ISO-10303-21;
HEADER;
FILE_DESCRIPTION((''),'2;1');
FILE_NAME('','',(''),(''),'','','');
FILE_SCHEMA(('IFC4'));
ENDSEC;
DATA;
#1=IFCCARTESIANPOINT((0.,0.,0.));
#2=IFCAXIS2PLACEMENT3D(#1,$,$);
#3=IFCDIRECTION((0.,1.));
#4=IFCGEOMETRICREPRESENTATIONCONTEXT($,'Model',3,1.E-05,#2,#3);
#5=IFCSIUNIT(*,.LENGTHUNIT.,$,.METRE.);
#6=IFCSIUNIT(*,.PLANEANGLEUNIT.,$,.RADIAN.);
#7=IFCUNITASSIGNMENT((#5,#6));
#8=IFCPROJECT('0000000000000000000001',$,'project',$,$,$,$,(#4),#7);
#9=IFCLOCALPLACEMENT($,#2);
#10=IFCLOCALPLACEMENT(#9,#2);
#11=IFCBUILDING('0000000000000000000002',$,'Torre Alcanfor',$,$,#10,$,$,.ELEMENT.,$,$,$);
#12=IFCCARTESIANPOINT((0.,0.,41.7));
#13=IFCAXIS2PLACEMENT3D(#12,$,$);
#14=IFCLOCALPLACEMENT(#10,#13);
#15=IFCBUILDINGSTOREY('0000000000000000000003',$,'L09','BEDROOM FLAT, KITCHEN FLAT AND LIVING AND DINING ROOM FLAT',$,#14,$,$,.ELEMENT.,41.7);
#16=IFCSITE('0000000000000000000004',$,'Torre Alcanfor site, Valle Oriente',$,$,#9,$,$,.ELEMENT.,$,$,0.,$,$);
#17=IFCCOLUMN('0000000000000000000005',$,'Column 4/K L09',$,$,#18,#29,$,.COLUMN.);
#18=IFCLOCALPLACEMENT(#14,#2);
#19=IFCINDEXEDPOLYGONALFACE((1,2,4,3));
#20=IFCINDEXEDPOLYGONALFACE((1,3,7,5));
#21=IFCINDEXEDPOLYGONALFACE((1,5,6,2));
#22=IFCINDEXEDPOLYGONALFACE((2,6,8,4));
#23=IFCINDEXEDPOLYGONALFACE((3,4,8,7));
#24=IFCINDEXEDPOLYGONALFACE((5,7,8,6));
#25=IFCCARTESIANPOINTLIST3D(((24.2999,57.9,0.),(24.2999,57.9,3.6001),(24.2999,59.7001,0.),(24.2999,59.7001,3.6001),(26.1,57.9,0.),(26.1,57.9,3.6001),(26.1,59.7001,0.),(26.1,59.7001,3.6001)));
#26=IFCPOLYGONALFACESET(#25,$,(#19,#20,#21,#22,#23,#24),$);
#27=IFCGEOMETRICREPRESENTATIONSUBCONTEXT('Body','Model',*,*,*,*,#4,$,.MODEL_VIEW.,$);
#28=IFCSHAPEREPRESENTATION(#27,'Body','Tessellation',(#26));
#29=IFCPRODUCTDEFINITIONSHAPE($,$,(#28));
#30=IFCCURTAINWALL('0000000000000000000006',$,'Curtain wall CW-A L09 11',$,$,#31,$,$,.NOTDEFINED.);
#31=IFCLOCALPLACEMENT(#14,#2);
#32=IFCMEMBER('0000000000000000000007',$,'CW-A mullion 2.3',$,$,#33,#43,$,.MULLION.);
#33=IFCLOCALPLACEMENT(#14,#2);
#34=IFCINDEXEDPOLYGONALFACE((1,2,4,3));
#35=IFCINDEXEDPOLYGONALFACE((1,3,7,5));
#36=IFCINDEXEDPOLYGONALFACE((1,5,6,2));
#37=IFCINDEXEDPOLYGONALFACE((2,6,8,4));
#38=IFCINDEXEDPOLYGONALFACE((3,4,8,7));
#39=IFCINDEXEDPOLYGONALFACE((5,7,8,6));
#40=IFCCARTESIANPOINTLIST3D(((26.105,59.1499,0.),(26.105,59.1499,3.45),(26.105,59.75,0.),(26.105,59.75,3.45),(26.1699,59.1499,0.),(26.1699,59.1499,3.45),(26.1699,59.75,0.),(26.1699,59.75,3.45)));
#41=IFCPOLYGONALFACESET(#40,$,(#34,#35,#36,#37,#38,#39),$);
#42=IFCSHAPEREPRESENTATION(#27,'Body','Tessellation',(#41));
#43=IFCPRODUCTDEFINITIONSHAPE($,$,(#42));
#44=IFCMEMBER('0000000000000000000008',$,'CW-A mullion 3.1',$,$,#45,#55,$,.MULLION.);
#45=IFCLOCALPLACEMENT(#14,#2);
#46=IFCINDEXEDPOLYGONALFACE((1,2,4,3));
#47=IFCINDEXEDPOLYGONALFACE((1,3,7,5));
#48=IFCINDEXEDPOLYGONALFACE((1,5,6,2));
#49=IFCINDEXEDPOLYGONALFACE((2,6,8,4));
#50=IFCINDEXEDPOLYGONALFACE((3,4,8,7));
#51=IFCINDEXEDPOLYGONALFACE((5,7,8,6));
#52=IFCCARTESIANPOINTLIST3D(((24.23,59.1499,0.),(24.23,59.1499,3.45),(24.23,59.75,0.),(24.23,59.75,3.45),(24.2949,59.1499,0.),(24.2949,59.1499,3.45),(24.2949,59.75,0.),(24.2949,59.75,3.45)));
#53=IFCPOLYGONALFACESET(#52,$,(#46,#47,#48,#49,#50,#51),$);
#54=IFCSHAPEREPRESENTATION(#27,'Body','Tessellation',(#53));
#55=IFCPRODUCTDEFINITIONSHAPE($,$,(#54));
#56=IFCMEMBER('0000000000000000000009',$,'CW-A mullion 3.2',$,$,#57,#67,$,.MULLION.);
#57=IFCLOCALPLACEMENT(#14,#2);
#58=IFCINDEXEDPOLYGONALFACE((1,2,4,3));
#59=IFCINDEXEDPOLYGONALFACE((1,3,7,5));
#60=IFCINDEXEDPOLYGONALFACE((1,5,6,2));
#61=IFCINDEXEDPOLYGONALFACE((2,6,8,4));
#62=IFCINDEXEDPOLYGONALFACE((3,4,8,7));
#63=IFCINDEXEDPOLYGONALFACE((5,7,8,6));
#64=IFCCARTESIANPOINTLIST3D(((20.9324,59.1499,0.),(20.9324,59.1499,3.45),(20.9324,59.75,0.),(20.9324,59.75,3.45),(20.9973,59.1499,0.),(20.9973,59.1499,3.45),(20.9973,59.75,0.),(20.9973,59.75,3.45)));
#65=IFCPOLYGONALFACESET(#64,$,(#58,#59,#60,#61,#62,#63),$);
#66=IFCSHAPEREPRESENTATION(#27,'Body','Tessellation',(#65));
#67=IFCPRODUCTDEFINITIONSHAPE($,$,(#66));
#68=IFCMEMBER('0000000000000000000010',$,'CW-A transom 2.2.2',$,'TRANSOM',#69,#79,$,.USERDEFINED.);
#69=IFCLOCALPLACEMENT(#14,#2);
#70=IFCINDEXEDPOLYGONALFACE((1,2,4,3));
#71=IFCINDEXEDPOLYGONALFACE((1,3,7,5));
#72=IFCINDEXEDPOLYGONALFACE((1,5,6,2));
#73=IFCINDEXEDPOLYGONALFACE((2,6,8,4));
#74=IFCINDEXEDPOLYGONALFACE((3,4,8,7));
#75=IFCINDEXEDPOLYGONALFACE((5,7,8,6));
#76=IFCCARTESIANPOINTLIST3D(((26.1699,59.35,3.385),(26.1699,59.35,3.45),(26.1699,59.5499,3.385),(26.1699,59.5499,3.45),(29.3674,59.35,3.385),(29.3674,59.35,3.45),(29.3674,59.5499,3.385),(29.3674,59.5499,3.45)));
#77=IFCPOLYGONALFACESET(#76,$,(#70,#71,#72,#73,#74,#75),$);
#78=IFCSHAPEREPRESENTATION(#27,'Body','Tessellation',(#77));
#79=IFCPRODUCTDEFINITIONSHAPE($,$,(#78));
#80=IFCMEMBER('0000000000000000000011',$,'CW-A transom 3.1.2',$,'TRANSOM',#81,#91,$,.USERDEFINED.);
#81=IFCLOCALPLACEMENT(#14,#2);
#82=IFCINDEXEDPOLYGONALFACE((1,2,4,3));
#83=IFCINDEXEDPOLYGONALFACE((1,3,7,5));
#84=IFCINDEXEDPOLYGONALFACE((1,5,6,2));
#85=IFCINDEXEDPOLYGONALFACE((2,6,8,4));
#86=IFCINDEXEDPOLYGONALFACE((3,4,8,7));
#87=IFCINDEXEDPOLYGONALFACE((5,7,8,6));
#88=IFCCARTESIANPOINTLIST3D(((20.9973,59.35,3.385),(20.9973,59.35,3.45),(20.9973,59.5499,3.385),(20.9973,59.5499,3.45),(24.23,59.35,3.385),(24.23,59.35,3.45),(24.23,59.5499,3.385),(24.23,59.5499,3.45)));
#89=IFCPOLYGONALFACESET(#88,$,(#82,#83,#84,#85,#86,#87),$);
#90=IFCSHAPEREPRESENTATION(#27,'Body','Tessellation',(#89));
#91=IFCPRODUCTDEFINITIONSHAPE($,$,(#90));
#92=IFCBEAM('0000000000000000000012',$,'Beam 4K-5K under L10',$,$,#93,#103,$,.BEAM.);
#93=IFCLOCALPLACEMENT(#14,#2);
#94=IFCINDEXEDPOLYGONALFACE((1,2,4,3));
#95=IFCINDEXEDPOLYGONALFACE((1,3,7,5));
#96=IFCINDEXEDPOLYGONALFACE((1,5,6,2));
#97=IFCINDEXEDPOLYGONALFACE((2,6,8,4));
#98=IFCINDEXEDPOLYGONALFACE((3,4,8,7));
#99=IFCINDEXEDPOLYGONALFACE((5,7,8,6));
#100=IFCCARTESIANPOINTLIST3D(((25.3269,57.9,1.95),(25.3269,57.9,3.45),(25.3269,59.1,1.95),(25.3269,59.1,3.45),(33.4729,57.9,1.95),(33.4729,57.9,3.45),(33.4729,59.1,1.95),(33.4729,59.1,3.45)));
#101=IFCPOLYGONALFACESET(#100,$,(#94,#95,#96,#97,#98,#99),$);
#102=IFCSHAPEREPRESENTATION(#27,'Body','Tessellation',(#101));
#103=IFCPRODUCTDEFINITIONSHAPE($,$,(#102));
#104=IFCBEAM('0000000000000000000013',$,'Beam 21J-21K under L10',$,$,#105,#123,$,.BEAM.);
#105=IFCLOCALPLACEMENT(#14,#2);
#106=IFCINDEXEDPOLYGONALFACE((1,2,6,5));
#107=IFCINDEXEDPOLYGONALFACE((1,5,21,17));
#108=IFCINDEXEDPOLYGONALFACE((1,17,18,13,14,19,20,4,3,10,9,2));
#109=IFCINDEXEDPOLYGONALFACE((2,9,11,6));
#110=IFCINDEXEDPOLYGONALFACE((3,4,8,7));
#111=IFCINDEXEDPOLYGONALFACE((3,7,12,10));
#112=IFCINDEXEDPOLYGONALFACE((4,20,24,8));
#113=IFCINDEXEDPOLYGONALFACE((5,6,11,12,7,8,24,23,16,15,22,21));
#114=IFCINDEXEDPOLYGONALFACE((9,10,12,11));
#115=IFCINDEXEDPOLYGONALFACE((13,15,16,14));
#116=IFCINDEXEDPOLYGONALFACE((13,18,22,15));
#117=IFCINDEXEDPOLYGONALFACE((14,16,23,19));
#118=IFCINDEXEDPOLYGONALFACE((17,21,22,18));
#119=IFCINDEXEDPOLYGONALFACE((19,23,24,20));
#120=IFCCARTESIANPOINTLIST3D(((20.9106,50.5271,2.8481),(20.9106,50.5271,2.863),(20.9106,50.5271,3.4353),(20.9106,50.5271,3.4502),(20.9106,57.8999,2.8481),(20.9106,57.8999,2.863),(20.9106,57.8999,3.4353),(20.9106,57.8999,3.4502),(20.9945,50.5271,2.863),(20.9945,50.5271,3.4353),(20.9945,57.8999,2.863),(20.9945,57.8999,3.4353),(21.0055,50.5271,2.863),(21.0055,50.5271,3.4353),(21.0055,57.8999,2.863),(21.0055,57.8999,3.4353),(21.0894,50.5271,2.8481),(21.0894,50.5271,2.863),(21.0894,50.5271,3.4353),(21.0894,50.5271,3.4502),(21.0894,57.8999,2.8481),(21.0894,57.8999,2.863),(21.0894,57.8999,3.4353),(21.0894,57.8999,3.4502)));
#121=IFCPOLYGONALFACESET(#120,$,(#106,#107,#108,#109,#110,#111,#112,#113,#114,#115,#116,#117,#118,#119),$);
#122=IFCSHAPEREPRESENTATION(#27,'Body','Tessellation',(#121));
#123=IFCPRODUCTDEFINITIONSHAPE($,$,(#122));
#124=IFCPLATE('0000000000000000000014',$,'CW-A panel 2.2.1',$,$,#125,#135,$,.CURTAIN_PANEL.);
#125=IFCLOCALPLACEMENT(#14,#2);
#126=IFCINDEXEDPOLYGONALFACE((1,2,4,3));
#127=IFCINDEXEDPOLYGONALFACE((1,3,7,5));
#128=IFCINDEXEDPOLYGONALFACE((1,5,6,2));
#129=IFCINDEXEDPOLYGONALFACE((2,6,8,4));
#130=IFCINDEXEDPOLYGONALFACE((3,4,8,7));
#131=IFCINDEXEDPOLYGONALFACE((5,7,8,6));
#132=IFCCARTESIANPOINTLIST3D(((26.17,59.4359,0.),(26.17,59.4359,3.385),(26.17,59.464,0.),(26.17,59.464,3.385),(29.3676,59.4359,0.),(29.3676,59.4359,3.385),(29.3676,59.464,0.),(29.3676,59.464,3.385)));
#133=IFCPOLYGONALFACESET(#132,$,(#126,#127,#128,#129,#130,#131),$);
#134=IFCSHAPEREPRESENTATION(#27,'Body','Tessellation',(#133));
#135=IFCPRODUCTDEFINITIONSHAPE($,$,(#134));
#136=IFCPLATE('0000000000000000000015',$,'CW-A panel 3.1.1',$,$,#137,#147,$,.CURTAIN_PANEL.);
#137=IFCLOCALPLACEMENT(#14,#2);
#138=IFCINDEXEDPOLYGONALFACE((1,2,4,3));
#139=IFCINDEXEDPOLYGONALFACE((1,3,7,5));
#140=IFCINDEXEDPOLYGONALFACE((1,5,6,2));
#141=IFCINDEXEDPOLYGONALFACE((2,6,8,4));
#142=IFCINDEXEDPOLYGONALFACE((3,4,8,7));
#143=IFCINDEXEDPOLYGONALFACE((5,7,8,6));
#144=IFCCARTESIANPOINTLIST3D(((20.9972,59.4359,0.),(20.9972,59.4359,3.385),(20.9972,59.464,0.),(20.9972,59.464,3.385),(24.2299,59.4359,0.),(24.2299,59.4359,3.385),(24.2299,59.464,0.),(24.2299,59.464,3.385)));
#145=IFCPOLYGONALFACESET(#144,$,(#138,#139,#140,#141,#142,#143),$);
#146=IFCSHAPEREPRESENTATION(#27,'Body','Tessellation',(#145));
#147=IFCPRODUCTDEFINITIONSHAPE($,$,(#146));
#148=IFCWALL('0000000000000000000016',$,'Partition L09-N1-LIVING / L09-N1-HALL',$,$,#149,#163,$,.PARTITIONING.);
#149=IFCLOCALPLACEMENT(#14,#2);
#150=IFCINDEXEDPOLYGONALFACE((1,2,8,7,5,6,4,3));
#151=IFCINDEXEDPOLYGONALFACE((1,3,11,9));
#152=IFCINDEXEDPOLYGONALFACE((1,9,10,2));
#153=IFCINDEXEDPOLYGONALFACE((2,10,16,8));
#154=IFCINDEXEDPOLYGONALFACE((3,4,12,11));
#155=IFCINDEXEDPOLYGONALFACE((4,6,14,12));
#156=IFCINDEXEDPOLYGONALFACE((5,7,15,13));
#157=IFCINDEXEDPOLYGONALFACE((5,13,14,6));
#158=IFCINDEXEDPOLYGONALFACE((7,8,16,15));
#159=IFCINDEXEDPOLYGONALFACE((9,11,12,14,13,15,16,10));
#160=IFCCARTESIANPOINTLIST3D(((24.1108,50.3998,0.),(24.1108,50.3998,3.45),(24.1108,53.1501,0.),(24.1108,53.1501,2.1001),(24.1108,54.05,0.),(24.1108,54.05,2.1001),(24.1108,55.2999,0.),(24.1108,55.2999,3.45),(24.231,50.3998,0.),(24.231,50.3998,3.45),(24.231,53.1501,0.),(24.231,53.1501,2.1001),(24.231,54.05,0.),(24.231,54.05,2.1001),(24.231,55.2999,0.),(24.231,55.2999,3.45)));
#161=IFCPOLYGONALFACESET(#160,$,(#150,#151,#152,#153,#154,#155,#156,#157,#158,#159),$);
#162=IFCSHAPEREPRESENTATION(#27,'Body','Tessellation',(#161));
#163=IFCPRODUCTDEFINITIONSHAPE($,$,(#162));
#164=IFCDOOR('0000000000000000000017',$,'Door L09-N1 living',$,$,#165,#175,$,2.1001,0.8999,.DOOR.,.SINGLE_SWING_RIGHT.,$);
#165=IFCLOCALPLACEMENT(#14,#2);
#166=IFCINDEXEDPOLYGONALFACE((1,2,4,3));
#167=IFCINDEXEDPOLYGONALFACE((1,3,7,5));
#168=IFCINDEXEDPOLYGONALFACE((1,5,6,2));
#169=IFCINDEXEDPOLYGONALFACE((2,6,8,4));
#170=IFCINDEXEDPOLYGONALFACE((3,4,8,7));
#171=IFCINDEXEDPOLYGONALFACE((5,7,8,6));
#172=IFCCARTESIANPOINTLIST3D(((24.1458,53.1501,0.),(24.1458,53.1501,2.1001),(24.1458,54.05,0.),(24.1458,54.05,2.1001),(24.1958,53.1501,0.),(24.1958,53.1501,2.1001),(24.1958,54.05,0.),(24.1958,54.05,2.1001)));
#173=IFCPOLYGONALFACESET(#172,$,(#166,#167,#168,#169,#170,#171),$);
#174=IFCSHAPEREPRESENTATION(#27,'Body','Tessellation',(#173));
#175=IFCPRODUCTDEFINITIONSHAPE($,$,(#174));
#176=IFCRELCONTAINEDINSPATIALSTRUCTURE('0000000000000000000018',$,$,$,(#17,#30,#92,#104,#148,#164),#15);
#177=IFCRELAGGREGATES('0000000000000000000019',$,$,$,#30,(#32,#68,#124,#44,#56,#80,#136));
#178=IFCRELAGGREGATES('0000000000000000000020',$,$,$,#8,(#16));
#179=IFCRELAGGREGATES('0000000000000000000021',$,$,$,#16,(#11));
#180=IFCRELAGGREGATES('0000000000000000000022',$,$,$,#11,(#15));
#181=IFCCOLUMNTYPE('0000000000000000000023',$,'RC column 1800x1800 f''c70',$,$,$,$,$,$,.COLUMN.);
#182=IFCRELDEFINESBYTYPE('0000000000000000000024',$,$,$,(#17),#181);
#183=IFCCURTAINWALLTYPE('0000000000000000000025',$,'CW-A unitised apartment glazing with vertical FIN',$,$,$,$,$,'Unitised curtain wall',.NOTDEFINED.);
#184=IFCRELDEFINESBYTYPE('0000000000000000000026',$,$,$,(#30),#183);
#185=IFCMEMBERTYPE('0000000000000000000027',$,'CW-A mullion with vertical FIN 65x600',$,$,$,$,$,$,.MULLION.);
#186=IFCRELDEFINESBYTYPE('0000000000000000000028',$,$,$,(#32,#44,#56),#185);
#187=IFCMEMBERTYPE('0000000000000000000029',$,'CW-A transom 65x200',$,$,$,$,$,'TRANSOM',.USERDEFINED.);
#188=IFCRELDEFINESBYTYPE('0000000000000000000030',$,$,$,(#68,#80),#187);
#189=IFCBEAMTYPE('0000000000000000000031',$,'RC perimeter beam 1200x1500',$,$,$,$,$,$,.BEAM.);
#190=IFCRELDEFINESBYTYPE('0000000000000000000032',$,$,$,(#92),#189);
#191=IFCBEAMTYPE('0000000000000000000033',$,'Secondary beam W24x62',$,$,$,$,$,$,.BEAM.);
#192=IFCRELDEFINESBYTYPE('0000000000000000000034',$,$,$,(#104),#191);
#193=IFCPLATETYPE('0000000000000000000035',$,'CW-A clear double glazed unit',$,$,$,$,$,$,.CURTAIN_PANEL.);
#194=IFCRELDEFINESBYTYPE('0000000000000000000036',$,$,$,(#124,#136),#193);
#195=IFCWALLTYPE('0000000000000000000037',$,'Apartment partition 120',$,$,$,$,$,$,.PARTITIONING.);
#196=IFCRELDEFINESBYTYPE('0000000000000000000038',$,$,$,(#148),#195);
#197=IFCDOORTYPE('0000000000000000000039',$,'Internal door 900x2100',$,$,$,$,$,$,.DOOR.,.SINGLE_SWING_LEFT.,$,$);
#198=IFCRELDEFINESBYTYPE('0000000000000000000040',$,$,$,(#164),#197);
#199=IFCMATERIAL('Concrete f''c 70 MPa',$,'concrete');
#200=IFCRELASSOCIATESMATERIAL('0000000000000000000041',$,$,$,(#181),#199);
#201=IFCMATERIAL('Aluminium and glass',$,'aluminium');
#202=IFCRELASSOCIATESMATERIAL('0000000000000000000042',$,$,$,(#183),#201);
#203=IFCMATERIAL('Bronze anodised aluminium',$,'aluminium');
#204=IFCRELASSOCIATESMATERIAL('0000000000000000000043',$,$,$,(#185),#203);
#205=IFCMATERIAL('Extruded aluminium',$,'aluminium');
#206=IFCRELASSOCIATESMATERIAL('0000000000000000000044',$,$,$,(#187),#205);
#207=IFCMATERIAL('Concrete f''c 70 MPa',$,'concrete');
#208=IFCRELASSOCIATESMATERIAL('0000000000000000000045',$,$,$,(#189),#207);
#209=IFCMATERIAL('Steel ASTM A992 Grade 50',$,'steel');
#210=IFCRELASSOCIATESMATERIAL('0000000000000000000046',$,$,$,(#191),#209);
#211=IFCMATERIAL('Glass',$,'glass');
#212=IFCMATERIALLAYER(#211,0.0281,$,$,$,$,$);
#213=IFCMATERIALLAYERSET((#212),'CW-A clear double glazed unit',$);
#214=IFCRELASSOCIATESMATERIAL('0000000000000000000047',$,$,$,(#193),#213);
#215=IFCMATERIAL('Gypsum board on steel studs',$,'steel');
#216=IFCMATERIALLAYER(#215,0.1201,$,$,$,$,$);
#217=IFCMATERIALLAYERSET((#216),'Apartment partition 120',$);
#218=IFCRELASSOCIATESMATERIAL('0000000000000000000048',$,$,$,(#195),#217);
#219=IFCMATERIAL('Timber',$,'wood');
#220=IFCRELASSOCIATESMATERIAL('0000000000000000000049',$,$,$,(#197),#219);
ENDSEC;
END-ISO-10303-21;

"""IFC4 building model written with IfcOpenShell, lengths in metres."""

from ifc_helpers import new_model, si_unit, direction, frame, frame_2d, origin, origin_2d, place, context, subcontext, project, spatial, rectangle, i_section, extrude, material, layer, layer_set, material_profile, profile_set, type_object, element, fill, aggregate, save


model = new_model("IFC4")

# Units and contexts
model_context = context("Model", 3, precision=1e-05, world=origin(), true_north=direction((0.0, 1.0)))
body_context = subcontext(model_context, "Body", "Model", "MODEL_VIEW")
ifc_project = project(units=[si_unit("LENGTHUNIT", "METRE"), si_unit("PLANEANGLEUNIT", "RADIAN")], contexts=[model_context])

# Site, building, storey
site_placement = place(None, origin())
site = spatial("IfcSite", under=ifc_project, at=site_placement, Name="Torre Alcanfor site, Valle Oriente", CompositionType="ELEMENT", RefElevation=0.0)
building_placement = place(site_placement, origin())
building = spatial("IfcBuilding", under=site, at=building_placement, Name="Torre Alcanfor", CompositionType="ELEMENT")
storey_placement = place(building_placement, frame((0.0, 0.0, 41.7)))
storey = spatial("IfcBuildingStorey", under=building, at=storey_placement, Name="L09", Description="BEDROOM FLAT, KITCHEN FLAT AND LIVING AND DINING ROOM FLAT", CompositionType="ELEMENT", Elevation=41.7)

# Column
ifc_material_1 = material(Name="Concrete f'c 70 MPa", Category="concrete")
ifc_material_profile_1 = material_profile(ifc_material_1, rectangle(XDim=1.8, YDim=1.8, at=origin_2d()), Name="1800x1800")
ifc_profile_set_1 = profile_set([ifc_material_profile_1], Name="Concrete f'c 70 MPa")
column_type = type_object("IfcColumnType", Name="RC column 1800x1800 f'c70", PredefinedType="COLUMN", material=ifc_profile_set_1)
column_placement = place(storey_placement, frame((25.2, 58.8, 0.0), z_axis=(0.0, 0.0, 1.0), x_axis=(1.0, 0.0, 0.0)))
element("IfcColumn", 1, at=column_placement, inside=storey, type_object=column_type, Name="Column 4/K L09", PredefinedType="COLUMN", context=body_context, shape_type="SweptSolid", body=[
    extrude(rectangle(XDim=1.8, YDim=1.8, at=origin_2d()), origin(), (0.0, 0.0, 1.0), 3.6001),
])

# Curtain wall, members
ifc_material_2 = material(Name="Aluminium and glass", Category="aluminium")
curtain_wall_type = type_object("IfcCurtainWallType", Name="CW-A unitised apartment glazing with vertical FIN", ElementType="Unitised curtain wall", PredefinedType="NOTDEFINED", material=ifc_material_2)
curtain_wall_placement = place(storey_placement, origin())
curtain_wall = element("IfcCurtainWall", 2, at=curtain_wall_placement, inside=storey, type_object=curtain_wall_type, Name="Curtain wall CW-A L09 11", PredefinedType="NOTDEFINED")
ifc_material_3 = material(Name="Bronze anodised aluminium", Category="aluminium")
ifc_material_profile_2 = material_profile(ifc_material_3, rectangle(XDim=0.6001, YDim=0.0649, at=origin_2d()), Name="CW-A mullion 65x600")
ifc_profile_set_2 = profile_set([ifc_material_profile_2], Name="Bronze anodised aluminium")
member_type_1 = type_object("IfcMemberType", Name="CW-A mullion with vertical FIN 65x600", PredefinedType="MULLION", material=ifc_profile_set_2)
member_1_placement = place(storey_placement, frame((26.1375, 59.45, 0.0), z_axis=(0.0, 0.0, 1.0), x_axis=(0.0, -1.0, 0.0)))
member_1 = element("IfcMember", 3, at=member_1_placement, type_object=member_type_1, Name="CW-A mullion 2.3", PredefinedType="MULLION", context=body_context, shape_type="SweptSolid", body=[
    extrude(rectangle(XDim=0.6001, YDim=0.0649, at=origin_2d()), origin(), (0.0, 0.0, 1.0), 3.45),
])
member_2_placement = place(storey_placement, frame((24.2625, 59.45, 0.0), z_axis=(0.0, 0.0, 1.0), x_axis=(0.0, -1.0, 0.0)))
member_2 = element("IfcMember", 4, at=member_2_placement, type_object=member_type_1, Name="CW-A mullion 3.1", PredefinedType="MULLION", context=body_context, shape_type="SweptSolid", body=[
    extrude(rectangle(XDim=0.6001, YDim=0.0649, at=origin_2d()), origin(), (0.0, 0.0, 1.0), 3.45),
])
member_3_placement = place(storey_placement, frame((20.9648, 59.45, 0.0), z_axis=(0.0, 0.0, 1.0), x_axis=(0.0, -1.0, 0.0)))
member_3 = element("IfcMember", 5, at=member_3_placement, type_object=member_type_1, Name="CW-A mullion 3.2", PredefinedType="MULLION", context=body_context, shape_type="SweptSolid", body=[
    extrude(rectangle(XDim=0.6001, YDim=0.0649, at=origin_2d()), origin(), (0.0, 0.0, 1.0), 3.45),
])
ifc_material_4 = material(Name="Extruded aluminium", Category="aluminium")
ifc_material_profile_3 = material_profile(ifc_material_4, rectangle(XDim=0.2, YDim=0.0649, at=origin_2d()), Name="CW-A transom 200x65")
ifc_profile_set_3 = profile_set([ifc_material_profile_3], Name="Extruded aluminium")
member_type_2 = type_object("IfcMemberType", Name="CW-A transom 65x200", ElementType="TRANSOM", PredefinedType="USERDEFINED", material=ifc_profile_set_3)
member_4_placement = place(storey_placement, frame((29.3674, 59.45, 3.4175), z_axis=(-1.0, 0.0, 0.0), x_axis=(0.0, -1.0, 0.0)))
member_4 = element("IfcMember", 6, at=member_4_placement, type_object=member_type_2, Name="CW-A transom 2.2.2", ObjectType="TRANSOM", PredefinedType="USERDEFINED", context=body_context, shape_type="SweptSolid", body=[
    extrude(rectangle(XDim=0.2, YDim=0.0649, at=origin_2d()), origin(), (0.0, 0.0, 1.0), 3.1975),
])
member_5_placement = place(storey_placement, frame((24.23, 59.45, 3.4175), z_axis=(-1.0, 0.0, 0.0), x_axis=(0.0, -1.0, 0.0)))
member_5 = element("IfcMember", 7, at=member_5_placement, type_object=member_type_2, Name="CW-A transom 3.1.2", ObjectType="TRANSOM", PredefinedType="USERDEFINED", context=body_context, shape_type="SweptSolid", body=[
    extrude(rectangle(XDim=0.2, YDim=0.0649, at=origin_2d()), origin(), (0.0, 0.0, 1.0), 3.2327),
])

# Beams
ifc_material_5 = material(Name="Concrete f'c 70 MPa", Category="concrete")
ifc_material_profile_4 = material_profile(ifc_material_5, rectangle(XDim=1.2, YDim=1.5, at=origin_2d()), Name="1200x1500")
ifc_profile_set_4 = profile_set([ifc_material_profile_4], Name="Concrete f'c 70 MPa")
beam_type_1 = type_object("IfcBeamType", Name="RC perimeter beam 1200x1500", PredefinedType="BEAM", material=ifc_profile_set_4)
beam_1_placement = place(storey_placement, frame((25.3269, 58.5, 2.7), z_axis=(1.0, 0.0, 0.0), x_axis=(0.0, 1.0, 0.0)))
element("IfcBeam", 8, at=beam_1_placement, inside=storey, type_object=beam_type_1, Name="Beam 4K-5K under L10", PredefinedType="BEAM", context=body_context, shape_type="SweptSolid", body=[
    extrude(rectangle(XDim=1.2, YDim=1.5, at=origin_2d()), origin(), (0.0, 0.0, 1.0), 8.146),
])
ifc_material_6 = material(Name="Steel ASTM A992 Grade 50", Category="steel")
ifc_material_profile_5 = material_profile(ifc_material_6, i_section(OverallWidth=0.1787, OverallDepth=0.6021, WebThickness=0.011, FlangeThickness=0.0149, at=origin_2d()), Name="W24x62")
ifc_profile_set_5 = profile_set([ifc_material_profile_5], Name="Steel ASTM A992 Grade 50")
beam_type_2 = type_object("IfcBeamType", Name="Secondary beam W24x62", PredefinedType="BEAM", material=ifc_profile_set_5)
beam_2_placement = place(storey_placement, frame((21.0, 50.5271, 3.1492), z_axis=(0.0, 1.0, 0.0), x_axis=(-1.0, 0.0, 0.0)))
element("IfcBeam", 9, at=beam_2_placement, inside=storey, type_object=beam_type_2, Name="Beam 21J-21K under L10", PredefinedType="BEAM", context=body_context, shape_type="SweptSolid", body=[
    extrude(i_section(OverallWidth=0.1787, OverallDepth=0.6021, WebThickness=0.011, FlangeThickness=0.0149, at=origin_2d()), origin(), (0.0, 0.0, 1.0), 7.3728),
])

# Plates
ifc_material_7 = material(Name="Glass", Category="glass")
ifc_layer_1 = layer(ifc_material_7, 0.0281)
ifc_layer_set_1 = layer_set([ifc_layer_1], Name="CW-A clear double glazed unit")
plate_type = type_object("IfcPlateType", Name="CW-A clear double glazed unit", PredefinedType="CURTAIN_PANEL", material=ifc_layer_set_1)
plate_1_placement = place(storey_placement, frame((27.7688, 59.45, 0.0), z_axis=(0.0, 0.0, 1.0), x_axis=(-1.0, 0.0, 0.0)))
plate_1 = element("IfcPlate", 10, at=plate_1_placement, type_object=plate_type, Name="CW-A panel 2.2.1", PredefinedType="CURTAIN_PANEL", context=body_context, shape_type="SweptSolid", body=[
    extrude(rectangle(XDim=3.1975, YDim=0.0281, at=origin_2d()), origin(), (0.0, 0.0, 1.0), 3.385),
])
plate_2_placement = place(storey_placement, frame((22.6135, 59.45, 0.0), z_axis=(0.0, 0.0, 1.0), x_axis=(-1.0, 0.0, 0.0)))
plate_2 = element("IfcPlate", 11, at=plate_2_placement, type_object=plate_type, Name="CW-A panel 3.1.1", PredefinedType="CURTAIN_PANEL", context=body_context, shape_type="SweptSolid", body=[
    extrude(rectangle(XDim=3.2327, YDim=0.0281, at=origin_2d()), origin(), (0.0, 0.0, 1.0), 3.385),
])
aggregate(curtain_wall, [member_1, member_4, plate_1, member_2, member_3, member_5, plate_2])

# Wall, opening, door
ifc_material_8 = material(Name="Gypsum board on steel studs", Category="steel")
ifc_layer_2 = layer(ifc_material_8, 0.1201)
ifc_layer_set_2 = layer_set([ifc_layer_2], Name="Apartment partition 120")
wall_type = type_object("IfcWallType", Name="Apartment partition 120", PredefinedType="PARTITIONING", material=ifc_layer_set_2)
wall_1_placement = place(storey_placement, frame((24.1709, 55.3, 0.0), z_axis=(0.0, 0.0, 1.0), x_axis=(0.0, -1.0, 0.0)))
wall_1 = element("IfcWall", 12, at=wall_1_placement, inside=storey, type_object=wall_type, Name="Partition L09-N1-LIVING / L09-N1-HALL", PredefinedType="PARTITIONING", context=body_context, shape_type="SweptSolid", body=[
    extrude(rectangle(XDim=4.9001, YDim=0.1201, at=frame_2d((2.4502, 0.0))), origin(), (0.0, 0.0, 1.0), 3.45),
])
opening_1_placement = place(wall_1_placement, frame((1.25, 0.0, 0.0)))
opening_1 = element("IfcOpeningElement", 13, at=opening_1_placement, cuts=wall_1, PredefinedType="OPENING", context=body_context, shape_type="SweptSolid", body=[
    extrude(rectangle(XDim=0.8999, YDim=2.1001, at=frame_2d((0.45, 1.05))), frame((0.0, 0.0701, 0.0), z_axis=(0.0, -1.0, 0.0), x_axis=(1.0, 0.0, 0.0)), (0.0, 0.0, 1.0), 0.1401),
])
ifc_material_9 = material(Name="Timber", Category="wood")
door_type = type_object("IfcDoorType", Name="Internal door 900x2100", OperationType="SINGLE_SWING_LEFT", PredefinedType="DOOR", material=ifc_material_9)
door_1_placement = place(opening_1_placement, origin())
door_1 = element("IfcDoor", 14, at=door_1_placement, inside=storey, type_object=door_type, Name="Door L09-N1 living", OperationType="SINGLE_SWING_RIGHT", OverallHeight=2.1001, OverallWidth=0.8999, PredefinedType="DOOR", context=body_context, shape_type="SweptSolid", body=[
    extrude(rectangle(XDim=0.8999, YDim=2.1001, at=frame_2d((0.45, 1.05))), frame((0.0, 0.0249, 0.0), z_axis=(0.0, -1.0, 0.0), x_axis=(1.0, 0.0, 0.0)), (0.0, 0.0, 1.0), 0.05),
])
fill(opening_1, door_1)

save(model, "model.ifc")
